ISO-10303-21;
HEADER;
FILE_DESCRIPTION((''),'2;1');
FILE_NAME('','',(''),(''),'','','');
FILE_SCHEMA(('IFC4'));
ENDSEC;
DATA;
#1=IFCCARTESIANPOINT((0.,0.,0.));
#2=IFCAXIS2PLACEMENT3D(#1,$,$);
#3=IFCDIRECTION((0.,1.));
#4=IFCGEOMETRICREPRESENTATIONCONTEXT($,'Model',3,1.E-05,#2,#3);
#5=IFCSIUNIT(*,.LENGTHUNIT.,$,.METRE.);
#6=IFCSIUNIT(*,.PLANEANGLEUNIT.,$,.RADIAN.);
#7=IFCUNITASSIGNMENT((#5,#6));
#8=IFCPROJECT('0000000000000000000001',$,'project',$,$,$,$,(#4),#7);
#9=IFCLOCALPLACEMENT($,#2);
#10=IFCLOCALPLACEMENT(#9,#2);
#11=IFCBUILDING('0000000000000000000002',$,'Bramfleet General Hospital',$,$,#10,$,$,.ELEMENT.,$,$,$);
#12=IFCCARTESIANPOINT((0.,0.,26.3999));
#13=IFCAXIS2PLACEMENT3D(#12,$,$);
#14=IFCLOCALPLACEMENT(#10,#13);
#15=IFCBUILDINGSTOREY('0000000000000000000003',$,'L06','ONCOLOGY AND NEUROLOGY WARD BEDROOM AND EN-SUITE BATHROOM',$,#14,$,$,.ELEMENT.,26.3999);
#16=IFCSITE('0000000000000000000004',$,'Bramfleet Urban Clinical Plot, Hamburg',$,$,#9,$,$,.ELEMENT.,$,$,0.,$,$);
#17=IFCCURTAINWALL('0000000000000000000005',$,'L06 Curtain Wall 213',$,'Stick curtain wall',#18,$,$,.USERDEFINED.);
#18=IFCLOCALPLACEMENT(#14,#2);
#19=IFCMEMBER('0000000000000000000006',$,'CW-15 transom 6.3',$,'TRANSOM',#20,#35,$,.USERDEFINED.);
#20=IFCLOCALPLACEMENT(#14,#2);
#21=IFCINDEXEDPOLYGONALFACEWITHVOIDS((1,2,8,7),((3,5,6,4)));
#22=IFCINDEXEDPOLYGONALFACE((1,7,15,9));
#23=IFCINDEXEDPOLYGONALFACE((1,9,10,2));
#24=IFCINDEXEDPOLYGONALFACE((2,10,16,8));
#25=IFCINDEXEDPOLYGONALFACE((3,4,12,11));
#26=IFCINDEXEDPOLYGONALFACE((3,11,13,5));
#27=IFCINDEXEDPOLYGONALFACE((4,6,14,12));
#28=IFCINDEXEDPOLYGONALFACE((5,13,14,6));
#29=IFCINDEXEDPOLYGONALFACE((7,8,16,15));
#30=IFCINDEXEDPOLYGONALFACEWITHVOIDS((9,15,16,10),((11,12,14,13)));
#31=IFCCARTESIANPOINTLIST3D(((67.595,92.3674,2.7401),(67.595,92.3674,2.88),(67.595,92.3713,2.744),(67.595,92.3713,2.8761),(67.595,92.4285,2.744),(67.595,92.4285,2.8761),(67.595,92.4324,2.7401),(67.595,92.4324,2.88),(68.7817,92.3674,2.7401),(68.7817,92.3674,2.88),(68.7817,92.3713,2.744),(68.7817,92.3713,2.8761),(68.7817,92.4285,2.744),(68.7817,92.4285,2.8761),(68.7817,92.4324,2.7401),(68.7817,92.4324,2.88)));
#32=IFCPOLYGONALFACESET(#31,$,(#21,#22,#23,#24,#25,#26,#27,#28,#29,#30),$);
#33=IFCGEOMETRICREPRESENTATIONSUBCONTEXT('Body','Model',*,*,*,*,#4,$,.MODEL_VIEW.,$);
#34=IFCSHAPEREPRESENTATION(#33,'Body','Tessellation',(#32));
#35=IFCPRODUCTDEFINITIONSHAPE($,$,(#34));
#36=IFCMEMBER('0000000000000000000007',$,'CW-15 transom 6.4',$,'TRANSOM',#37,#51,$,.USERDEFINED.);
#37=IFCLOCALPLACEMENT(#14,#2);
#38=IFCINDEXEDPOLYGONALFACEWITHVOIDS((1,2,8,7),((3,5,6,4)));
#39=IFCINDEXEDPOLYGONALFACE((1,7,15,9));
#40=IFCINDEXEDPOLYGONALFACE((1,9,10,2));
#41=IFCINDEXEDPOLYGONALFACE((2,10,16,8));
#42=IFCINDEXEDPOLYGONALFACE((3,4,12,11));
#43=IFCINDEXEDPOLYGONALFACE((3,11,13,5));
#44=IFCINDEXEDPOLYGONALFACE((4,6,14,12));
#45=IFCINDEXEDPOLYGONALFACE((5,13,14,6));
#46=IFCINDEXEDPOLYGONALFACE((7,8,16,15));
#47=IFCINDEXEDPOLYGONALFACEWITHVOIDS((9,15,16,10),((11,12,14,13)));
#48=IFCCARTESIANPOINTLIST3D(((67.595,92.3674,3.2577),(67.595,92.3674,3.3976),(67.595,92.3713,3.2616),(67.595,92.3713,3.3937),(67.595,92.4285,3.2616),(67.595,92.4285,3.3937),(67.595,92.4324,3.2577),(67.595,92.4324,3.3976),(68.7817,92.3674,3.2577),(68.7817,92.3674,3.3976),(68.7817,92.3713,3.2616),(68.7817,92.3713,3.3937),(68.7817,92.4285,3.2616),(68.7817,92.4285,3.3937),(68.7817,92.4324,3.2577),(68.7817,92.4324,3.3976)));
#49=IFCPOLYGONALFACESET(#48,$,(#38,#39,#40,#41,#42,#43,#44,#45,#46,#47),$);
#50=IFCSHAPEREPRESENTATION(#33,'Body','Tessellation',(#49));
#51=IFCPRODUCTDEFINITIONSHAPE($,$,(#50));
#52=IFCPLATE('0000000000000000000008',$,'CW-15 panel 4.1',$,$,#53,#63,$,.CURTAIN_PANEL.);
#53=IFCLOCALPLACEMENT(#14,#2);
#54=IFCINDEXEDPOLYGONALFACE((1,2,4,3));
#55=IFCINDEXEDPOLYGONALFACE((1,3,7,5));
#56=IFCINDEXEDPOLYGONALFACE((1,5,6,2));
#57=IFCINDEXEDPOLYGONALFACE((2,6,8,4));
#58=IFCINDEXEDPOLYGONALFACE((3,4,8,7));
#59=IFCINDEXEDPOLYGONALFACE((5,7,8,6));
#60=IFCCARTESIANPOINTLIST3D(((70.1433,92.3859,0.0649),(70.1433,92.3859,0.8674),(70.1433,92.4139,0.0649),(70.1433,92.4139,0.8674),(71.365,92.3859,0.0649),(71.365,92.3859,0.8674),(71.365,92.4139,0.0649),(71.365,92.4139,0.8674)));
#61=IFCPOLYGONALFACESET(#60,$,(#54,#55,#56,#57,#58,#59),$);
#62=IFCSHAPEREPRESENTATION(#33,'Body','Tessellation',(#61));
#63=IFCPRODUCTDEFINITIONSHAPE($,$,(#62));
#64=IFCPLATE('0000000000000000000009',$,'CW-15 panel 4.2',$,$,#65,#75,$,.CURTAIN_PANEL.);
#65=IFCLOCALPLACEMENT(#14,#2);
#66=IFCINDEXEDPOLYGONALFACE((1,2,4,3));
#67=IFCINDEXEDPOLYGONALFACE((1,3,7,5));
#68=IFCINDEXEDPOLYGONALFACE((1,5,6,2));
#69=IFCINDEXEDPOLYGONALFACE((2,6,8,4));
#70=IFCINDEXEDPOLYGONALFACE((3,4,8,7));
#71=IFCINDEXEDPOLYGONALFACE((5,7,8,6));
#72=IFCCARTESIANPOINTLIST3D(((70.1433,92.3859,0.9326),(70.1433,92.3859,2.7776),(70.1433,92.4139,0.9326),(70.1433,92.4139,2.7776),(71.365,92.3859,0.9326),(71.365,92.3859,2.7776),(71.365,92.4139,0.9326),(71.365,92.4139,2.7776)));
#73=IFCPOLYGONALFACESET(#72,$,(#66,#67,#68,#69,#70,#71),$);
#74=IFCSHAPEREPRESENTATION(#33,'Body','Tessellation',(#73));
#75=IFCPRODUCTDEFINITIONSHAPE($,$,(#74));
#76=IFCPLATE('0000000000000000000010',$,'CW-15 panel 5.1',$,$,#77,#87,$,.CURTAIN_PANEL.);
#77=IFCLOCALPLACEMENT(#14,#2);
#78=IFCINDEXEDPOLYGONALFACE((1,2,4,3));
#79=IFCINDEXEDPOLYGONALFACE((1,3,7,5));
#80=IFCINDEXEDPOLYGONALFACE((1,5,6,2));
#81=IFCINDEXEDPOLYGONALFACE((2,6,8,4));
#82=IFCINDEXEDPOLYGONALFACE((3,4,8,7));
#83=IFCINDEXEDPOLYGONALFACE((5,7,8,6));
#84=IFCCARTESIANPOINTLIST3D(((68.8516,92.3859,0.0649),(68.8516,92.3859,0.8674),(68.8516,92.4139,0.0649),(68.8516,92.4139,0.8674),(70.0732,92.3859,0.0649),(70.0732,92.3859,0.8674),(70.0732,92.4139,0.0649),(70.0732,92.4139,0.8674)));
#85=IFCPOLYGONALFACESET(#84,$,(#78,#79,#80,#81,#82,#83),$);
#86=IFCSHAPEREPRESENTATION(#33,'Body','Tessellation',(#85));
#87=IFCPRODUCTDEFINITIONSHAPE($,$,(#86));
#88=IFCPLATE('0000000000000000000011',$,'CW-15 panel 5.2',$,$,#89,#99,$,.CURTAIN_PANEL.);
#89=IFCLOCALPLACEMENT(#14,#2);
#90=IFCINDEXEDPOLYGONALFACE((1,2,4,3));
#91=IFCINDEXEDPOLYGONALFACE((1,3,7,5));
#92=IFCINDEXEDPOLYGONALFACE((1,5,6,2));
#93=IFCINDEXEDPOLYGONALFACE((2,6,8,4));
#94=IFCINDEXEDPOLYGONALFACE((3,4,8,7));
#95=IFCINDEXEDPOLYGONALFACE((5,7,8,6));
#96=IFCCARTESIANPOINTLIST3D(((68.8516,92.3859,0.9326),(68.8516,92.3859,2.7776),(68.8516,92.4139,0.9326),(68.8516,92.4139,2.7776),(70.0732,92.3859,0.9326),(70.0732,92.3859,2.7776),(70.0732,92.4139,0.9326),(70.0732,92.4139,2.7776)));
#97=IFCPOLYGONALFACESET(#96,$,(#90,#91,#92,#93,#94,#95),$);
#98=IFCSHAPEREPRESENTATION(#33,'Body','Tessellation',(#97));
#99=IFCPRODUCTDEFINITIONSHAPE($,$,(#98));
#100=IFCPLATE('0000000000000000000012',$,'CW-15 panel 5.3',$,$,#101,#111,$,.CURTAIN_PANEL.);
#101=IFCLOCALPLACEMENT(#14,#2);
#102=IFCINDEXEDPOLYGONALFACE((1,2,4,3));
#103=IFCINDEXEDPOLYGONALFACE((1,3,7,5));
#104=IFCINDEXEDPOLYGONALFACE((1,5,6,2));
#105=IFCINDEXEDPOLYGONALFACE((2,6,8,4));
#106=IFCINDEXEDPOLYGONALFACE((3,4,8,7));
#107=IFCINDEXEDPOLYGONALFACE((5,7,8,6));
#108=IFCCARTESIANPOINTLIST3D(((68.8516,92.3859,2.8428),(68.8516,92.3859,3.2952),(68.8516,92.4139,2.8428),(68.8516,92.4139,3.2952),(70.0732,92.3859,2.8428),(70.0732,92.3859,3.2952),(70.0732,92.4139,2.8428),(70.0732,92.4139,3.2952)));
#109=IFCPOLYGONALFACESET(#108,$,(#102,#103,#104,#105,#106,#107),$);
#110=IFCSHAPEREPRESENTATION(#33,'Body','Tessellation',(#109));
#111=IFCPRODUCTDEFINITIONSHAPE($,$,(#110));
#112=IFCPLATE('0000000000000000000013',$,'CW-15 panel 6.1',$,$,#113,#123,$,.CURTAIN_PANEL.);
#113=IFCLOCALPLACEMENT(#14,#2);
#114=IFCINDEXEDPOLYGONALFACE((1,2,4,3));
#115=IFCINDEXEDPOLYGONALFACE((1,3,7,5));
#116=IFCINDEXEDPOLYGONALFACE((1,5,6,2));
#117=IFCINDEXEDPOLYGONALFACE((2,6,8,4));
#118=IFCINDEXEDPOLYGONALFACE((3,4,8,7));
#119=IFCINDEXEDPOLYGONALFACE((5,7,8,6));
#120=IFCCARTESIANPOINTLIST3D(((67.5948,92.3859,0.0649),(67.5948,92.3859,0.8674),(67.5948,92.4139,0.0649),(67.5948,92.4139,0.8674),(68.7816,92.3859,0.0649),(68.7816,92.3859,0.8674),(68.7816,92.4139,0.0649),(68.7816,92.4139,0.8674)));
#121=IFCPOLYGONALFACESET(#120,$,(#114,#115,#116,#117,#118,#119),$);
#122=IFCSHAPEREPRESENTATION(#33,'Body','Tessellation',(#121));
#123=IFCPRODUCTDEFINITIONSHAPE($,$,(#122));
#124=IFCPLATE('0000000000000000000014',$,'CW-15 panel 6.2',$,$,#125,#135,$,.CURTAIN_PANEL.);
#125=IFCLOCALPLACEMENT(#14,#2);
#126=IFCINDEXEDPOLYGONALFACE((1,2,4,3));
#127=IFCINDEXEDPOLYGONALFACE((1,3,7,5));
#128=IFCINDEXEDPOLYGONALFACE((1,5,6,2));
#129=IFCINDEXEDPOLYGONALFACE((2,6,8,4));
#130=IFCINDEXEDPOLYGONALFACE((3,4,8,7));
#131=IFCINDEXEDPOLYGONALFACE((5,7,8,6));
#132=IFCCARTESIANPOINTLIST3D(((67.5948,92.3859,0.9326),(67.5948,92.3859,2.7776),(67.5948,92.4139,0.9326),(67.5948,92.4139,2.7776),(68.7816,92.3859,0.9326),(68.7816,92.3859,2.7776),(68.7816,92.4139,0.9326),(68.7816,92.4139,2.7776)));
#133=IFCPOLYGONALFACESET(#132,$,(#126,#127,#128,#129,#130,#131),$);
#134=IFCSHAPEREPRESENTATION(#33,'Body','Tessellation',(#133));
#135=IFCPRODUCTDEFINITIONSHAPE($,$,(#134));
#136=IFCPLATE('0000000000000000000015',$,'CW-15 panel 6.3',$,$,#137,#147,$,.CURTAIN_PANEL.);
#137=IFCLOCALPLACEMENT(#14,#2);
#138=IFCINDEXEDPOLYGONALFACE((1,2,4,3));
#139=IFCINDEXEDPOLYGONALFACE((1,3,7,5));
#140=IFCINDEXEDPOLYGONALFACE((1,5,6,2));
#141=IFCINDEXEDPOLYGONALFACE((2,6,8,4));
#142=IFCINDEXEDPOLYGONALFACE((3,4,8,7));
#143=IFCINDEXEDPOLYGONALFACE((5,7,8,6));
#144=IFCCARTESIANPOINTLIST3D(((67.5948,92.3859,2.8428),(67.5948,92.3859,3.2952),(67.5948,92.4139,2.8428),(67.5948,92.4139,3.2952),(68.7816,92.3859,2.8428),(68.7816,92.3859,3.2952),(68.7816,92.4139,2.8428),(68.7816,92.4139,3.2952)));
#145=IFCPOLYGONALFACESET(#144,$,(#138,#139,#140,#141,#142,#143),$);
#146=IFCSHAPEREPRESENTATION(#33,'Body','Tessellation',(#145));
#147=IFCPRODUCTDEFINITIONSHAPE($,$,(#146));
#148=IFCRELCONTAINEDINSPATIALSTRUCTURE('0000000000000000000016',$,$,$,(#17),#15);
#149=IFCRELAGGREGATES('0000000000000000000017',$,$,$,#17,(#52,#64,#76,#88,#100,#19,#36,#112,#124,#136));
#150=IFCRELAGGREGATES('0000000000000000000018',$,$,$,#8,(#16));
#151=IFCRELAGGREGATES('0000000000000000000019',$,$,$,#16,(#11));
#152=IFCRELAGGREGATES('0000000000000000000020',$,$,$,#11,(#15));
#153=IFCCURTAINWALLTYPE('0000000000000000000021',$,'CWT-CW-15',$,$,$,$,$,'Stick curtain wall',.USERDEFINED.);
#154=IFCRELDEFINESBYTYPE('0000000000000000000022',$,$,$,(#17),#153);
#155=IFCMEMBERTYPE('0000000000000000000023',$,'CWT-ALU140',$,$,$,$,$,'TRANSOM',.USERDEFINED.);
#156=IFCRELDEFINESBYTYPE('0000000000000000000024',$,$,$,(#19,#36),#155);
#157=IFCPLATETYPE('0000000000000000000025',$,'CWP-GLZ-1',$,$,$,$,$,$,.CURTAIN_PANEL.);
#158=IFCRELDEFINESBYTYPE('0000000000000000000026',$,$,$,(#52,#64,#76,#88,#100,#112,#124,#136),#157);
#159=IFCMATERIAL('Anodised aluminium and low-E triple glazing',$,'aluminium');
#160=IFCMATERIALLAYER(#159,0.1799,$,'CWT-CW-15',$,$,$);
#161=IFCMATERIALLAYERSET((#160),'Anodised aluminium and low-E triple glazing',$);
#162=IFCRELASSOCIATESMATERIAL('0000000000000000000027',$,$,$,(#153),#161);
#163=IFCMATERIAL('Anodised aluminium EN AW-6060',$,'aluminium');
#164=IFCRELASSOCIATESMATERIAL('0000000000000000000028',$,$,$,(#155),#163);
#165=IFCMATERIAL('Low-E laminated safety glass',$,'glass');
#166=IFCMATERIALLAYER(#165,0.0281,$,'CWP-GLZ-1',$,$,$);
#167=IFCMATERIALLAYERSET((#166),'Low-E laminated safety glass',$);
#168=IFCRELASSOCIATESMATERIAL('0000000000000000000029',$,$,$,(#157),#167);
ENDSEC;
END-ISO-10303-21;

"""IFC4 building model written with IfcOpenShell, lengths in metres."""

from ifc_helpers import new_model, si_unit, direction, frame, origin, origin_2d, place, context, subcontext, project, spatial, rectangle, hollow_rectangle, extrude, material, layer, layer_set, material_profile, profile_set, type_object, element, aggregate, save


model = new_model("IFC4")

# Units and contexts
model_context = context("Model", 3, precision=1e-05, world=origin(), true_north=direction((0.0, 1.0)))
body_context = subcontext(model_context, "Body", "Model", "MODEL_VIEW")
ifc_project = project(units=[si_unit("LENGTHUNIT", "METRE"), si_unit("PLANEANGLEUNIT", "RADIAN")], contexts=[model_context])

# Site, building, storey
site_placement = place(None, origin())
site = spatial("IfcSite", under=ifc_project, at=site_placement, Name="Bramfleet Urban Clinical Plot, Hamburg", CompositionType="ELEMENT", RefElevation=0.0)
building_placement = place(site_placement, origin())
building = spatial("IfcBuilding", under=site, at=building_placement, Name="Bramfleet General Hospital", CompositionType="ELEMENT")
storey_placement = place(building_placement, frame((0.0, 0.0, 26.3999)))
storey = spatial("IfcBuildingStorey", under=building, at=storey_placement, Name="L06", Description="ONCOLOGY AND NEUROLOGY WARD BEDROOM AND EN-SUITE BATHROOM", CompositionType="ELEMENT", Elevation=26.3999)

# Curtain wall, members, plates
ifc_material_1 = material(Name="Anodised aluminium and low-E triple glazing", Category="aluminium")
ifc_layer_1 = layer(ifc_material_1, 0.1799, Name="CWT-CW-15")
ifc_layer_set_1 = layer_set([ifc_layer_1], Name="Anodised aluminium and low-E triple glazing")
curtain_wall_type = type_object("IfcCurtainWallType", Name="CWT-CW-15", ElementType="Stick curtain wall", PredefinedType="USERDEFINED", material=ifc_layer_set_1)
curtain_wall_placement = place(storey_placement, origin())
curtain_wall = element("IfcCurtainWall", 1, at=curtain_wall_placement, inside=storey, type_object=curtain_wall_type, Name="L06 Curtain Wall 213", ObjectType="Stick curtain wall", PredefinedType="USERDEFINED")
ifc_material_2 = material(Name="Anodised aluminium EN AW-6060", Category="aluminium")
ifc_material_profile_1 = material_profile(ifc_material_2, hollow_rectangle(XDim=0.0649, YDim=0.1399, WallThickness=0.0039, at=origin_2d()), Name="ALU 140x65x4.0")
ifc_profile_set_1 = profile_set([ifc_material_profile_1], Name="Anodised aluminium EN AW-6060")
member_type_1 = type_object("IfcMemberType", Name="CWT-ALU140", ElementType="TRANSOM", PredefinedType="USERDEFINED", material=ifc_profile_set_1)
member_1_placement = place(storey_placement, frame((68.7817, 92.3999, 2.8101), z_axis=(-1.0, 0.0, 0.0), x_axis=(0.0, -1.0, 0.0)))
member_1 = element("IfcMember", 2, at=member_1_placement, type_object=member_type_1, Name="CW-15 transom 6.3", ObjectType="TRANSOM", PredefinedType="USERDEFINED", context=body_context, shape_type="SweptSolid", body=[
    extrude(hollow_rectangle(XDim=0.0649, YDim=0.1399, WallThickness=0.0039, at=origin_2d()), origin(), (0.0, 0.0, 1.0), 1.1868),
])
member_2_placement = place(storey_placement, frame((68.7817, 92.3999, 3.3276), z_axis=(-1.0, 0.0, 0.0), x_axis=(0.0, -1.0, 0.0)))
member_2 = element("IfcMember", 3, at=member_2_placement, type_object=member_type_1, Name="CW-15 transom 6.4", ObjectType="TRANSOM", PredefinedType="USERDEFINED", context=body_context, shape_type="SweptSolid", body=[
    extrude(hollow_rectangle(XDim=0.0649, YDim=0.1399, WallThickness=0.0039, at=origin_2d()), origin(), (0.0, 0.0, 1.0), 1.1868),
])
ifc_material_3 = material(Name="Low-E laminated safety glass", Category="glass")
ifc_layer_2 = layer(ifc_material_3, 0.0281, Name="CWP-GLZ-1")
ifc_layer_set_2 = layer_set([ifc_layer_2], Name="Low-E laminated safety glass")
plate_type = type_object("IfcPlateType", Name="CWP-GLZ-1", PredefinedType="CURTAIN_PANEL", material=ifc_layer_set_2)
plate_1_placement = place(storey_placement, frame((70.7542, 92.3999, 0.0649), z_axis=(0.0, 0.0, 1.0), x_axis=(-1.0, 0.0, 0.0)))
plate_1 = element("IfcPlate", 4, at=plate_1_placement, type_object=plate_type, Name="CW-15 panel 4.1", PredefinedType="CURTAIN_PANEL", context=body_context, shape_type="SweptSolid", body=[
    extrude(rectangle(XDim=1.2217, YDim=0.0281, at=origin_2d()), origin(), (0.0, 0.0, 1.0), 0.8025),
])
plate_2_placement = place(storey_placement, frame((70.7542, 92.3999, 0.9326), z_axis=(0.0, 0.0, 1.0), x_axis=(-1.0, 0.0, 0.0)))
plate_2 = element("IfcPlate", 5, at=plate_2_placement, type_object=plate_type, Name="CW-15 panel 4.2", PredefinedType="CURTAIN_PANEL", context=body_context, shape_type="SweptSolid", body=[
    extrude(rectangle(XDim=1.2217, YDim=0.0281, at=origin_2d()), origin(), (0.0, 0.0, 1.0), 1.845),
])
plate_3_placement = place(storey_placement, frame((69.4624, 92.3999, 0.0649), z_axis=(0.0, 0.0, 1.0), x_axis=(-1.0, 0.0, 0.0)))
plate_3 = element("IfcPlate", 6, at=plate_3_placement, type_object=plate_type, Name="CW-15 panel 5.1", PredefinedType="CURTAIN_PANEL", context=body_context, shape_type="SweptSolid", body=[
    extrude(rectangle(XDim=1.2217, YDim=0.0281, at=origin_2d()), origin(), (0.0, 0.0, 1.0), 0.8025),
])
plate_4_placement = place(storey_placement, frame((69.4624, 92.3999, 0.9326), z_axis=(0.0, 0.0, 1.0), x_axis=(-1.0, 0.0, 0.0)))
plate_4 = element("IfcPlate", 7, at=plate_4_placement, type_object=plate_type, Name="CW-15 panel 5.2", PredefinedType="CURTAIN_PANEL", context=body_context, shape_type="SweptSolid", body=[
    extrude(rectangle(XDim=1.2217, YDim=0.0281, at=origin_2d()), origin(), (0.0, 0.0, 1.0), 1.845),
])
plate_5_placement = place(storey_placement, frame((69.4624, 92.3999, 2.8428), z_axis=(0.0, 0.0, 1.0), x_axis=(-1.0, 0.0, 0.0)))
plate_5 = element("IfcPlate", 8, at=plate_5_placement, type_object=plate_type, Name="CW-15 panel 5.3", PredefinedType="CURTAIN_PANEL", context=body_context, shape_type="SweptSolid", body=[
    extrude(rectangle(XDim=1.2217, YDim=0.0281, at=origin_2d()), origin(), (0.0, 0.0, 1.0), 0.4524),
])
plate_6_placement = place(storey_placement, frame((68.1882, 92.3999, 0.0649), z_axis=(0.0, 0.0, 1.0), x_axis=(-1.0, 0.0, 0.0)))
plate_6 = element("IfcPlate", 9, at=plate_6_placement, type_object=plate_type, Name="CW-15 panel 6.1", PredefinedType="CURTAIN_PANEL", context=body_context, shape_type="SweptSolid", body=[
    extrude(rectangle(XDim=1.1868, YDim=0.0281, at=origin_2d()), origin(), (0.0, 0.0, 1.0), 0.8025),
])
plate_7_placement = place(storey_placement, frame((68.1882, 92.3999, 0.9326), z_axis=(0.0, 0.0, 1.0), x_axis=(-1.0, 0.0, 0.0)))
plate_7 = element("IfcPlate", 10, at=plate_7_placement, type_object=plate_type, Name="CW-15 panel 6.2", PredefinedType="CURTAIN_PANEL", context=body_context, shape_type="SweptSolid", body=[
    extrude(rectangle(XDim=1.1868, YDim=0.0281, at=origin_2d()), origin(), (0.0, 0.0, 1.0), 1.845),
])
plate_8_placement = place(storey_placement, frame((68.1882, 92.3999, 2.8428), z_axis=(0.0, 0.0, 1.0), x_axis=(-1.0, 0.0, 0.0)))
plate_8 = element("IfcPlate", 11, at=plate_8_placement, type_object=plate_type, Name="CW-15 panel 6.3", PredefinedType="CURTAIN_PANEL", context=body_context, shape_type="SweptSolid", body=[
    extrude(rectangle(XDim=1.1868, YDim=0.0281, at=origin_2d()), origin(), (0.0, 0.0, 1.0), 0.4524),
])
aggregate(curtain_wall, [plate_1, plate_2, plate_3, plate_4, plate_5, member_1, member_2, plate_6, plate_7, plate_8])

save(model, "model.ifc")
